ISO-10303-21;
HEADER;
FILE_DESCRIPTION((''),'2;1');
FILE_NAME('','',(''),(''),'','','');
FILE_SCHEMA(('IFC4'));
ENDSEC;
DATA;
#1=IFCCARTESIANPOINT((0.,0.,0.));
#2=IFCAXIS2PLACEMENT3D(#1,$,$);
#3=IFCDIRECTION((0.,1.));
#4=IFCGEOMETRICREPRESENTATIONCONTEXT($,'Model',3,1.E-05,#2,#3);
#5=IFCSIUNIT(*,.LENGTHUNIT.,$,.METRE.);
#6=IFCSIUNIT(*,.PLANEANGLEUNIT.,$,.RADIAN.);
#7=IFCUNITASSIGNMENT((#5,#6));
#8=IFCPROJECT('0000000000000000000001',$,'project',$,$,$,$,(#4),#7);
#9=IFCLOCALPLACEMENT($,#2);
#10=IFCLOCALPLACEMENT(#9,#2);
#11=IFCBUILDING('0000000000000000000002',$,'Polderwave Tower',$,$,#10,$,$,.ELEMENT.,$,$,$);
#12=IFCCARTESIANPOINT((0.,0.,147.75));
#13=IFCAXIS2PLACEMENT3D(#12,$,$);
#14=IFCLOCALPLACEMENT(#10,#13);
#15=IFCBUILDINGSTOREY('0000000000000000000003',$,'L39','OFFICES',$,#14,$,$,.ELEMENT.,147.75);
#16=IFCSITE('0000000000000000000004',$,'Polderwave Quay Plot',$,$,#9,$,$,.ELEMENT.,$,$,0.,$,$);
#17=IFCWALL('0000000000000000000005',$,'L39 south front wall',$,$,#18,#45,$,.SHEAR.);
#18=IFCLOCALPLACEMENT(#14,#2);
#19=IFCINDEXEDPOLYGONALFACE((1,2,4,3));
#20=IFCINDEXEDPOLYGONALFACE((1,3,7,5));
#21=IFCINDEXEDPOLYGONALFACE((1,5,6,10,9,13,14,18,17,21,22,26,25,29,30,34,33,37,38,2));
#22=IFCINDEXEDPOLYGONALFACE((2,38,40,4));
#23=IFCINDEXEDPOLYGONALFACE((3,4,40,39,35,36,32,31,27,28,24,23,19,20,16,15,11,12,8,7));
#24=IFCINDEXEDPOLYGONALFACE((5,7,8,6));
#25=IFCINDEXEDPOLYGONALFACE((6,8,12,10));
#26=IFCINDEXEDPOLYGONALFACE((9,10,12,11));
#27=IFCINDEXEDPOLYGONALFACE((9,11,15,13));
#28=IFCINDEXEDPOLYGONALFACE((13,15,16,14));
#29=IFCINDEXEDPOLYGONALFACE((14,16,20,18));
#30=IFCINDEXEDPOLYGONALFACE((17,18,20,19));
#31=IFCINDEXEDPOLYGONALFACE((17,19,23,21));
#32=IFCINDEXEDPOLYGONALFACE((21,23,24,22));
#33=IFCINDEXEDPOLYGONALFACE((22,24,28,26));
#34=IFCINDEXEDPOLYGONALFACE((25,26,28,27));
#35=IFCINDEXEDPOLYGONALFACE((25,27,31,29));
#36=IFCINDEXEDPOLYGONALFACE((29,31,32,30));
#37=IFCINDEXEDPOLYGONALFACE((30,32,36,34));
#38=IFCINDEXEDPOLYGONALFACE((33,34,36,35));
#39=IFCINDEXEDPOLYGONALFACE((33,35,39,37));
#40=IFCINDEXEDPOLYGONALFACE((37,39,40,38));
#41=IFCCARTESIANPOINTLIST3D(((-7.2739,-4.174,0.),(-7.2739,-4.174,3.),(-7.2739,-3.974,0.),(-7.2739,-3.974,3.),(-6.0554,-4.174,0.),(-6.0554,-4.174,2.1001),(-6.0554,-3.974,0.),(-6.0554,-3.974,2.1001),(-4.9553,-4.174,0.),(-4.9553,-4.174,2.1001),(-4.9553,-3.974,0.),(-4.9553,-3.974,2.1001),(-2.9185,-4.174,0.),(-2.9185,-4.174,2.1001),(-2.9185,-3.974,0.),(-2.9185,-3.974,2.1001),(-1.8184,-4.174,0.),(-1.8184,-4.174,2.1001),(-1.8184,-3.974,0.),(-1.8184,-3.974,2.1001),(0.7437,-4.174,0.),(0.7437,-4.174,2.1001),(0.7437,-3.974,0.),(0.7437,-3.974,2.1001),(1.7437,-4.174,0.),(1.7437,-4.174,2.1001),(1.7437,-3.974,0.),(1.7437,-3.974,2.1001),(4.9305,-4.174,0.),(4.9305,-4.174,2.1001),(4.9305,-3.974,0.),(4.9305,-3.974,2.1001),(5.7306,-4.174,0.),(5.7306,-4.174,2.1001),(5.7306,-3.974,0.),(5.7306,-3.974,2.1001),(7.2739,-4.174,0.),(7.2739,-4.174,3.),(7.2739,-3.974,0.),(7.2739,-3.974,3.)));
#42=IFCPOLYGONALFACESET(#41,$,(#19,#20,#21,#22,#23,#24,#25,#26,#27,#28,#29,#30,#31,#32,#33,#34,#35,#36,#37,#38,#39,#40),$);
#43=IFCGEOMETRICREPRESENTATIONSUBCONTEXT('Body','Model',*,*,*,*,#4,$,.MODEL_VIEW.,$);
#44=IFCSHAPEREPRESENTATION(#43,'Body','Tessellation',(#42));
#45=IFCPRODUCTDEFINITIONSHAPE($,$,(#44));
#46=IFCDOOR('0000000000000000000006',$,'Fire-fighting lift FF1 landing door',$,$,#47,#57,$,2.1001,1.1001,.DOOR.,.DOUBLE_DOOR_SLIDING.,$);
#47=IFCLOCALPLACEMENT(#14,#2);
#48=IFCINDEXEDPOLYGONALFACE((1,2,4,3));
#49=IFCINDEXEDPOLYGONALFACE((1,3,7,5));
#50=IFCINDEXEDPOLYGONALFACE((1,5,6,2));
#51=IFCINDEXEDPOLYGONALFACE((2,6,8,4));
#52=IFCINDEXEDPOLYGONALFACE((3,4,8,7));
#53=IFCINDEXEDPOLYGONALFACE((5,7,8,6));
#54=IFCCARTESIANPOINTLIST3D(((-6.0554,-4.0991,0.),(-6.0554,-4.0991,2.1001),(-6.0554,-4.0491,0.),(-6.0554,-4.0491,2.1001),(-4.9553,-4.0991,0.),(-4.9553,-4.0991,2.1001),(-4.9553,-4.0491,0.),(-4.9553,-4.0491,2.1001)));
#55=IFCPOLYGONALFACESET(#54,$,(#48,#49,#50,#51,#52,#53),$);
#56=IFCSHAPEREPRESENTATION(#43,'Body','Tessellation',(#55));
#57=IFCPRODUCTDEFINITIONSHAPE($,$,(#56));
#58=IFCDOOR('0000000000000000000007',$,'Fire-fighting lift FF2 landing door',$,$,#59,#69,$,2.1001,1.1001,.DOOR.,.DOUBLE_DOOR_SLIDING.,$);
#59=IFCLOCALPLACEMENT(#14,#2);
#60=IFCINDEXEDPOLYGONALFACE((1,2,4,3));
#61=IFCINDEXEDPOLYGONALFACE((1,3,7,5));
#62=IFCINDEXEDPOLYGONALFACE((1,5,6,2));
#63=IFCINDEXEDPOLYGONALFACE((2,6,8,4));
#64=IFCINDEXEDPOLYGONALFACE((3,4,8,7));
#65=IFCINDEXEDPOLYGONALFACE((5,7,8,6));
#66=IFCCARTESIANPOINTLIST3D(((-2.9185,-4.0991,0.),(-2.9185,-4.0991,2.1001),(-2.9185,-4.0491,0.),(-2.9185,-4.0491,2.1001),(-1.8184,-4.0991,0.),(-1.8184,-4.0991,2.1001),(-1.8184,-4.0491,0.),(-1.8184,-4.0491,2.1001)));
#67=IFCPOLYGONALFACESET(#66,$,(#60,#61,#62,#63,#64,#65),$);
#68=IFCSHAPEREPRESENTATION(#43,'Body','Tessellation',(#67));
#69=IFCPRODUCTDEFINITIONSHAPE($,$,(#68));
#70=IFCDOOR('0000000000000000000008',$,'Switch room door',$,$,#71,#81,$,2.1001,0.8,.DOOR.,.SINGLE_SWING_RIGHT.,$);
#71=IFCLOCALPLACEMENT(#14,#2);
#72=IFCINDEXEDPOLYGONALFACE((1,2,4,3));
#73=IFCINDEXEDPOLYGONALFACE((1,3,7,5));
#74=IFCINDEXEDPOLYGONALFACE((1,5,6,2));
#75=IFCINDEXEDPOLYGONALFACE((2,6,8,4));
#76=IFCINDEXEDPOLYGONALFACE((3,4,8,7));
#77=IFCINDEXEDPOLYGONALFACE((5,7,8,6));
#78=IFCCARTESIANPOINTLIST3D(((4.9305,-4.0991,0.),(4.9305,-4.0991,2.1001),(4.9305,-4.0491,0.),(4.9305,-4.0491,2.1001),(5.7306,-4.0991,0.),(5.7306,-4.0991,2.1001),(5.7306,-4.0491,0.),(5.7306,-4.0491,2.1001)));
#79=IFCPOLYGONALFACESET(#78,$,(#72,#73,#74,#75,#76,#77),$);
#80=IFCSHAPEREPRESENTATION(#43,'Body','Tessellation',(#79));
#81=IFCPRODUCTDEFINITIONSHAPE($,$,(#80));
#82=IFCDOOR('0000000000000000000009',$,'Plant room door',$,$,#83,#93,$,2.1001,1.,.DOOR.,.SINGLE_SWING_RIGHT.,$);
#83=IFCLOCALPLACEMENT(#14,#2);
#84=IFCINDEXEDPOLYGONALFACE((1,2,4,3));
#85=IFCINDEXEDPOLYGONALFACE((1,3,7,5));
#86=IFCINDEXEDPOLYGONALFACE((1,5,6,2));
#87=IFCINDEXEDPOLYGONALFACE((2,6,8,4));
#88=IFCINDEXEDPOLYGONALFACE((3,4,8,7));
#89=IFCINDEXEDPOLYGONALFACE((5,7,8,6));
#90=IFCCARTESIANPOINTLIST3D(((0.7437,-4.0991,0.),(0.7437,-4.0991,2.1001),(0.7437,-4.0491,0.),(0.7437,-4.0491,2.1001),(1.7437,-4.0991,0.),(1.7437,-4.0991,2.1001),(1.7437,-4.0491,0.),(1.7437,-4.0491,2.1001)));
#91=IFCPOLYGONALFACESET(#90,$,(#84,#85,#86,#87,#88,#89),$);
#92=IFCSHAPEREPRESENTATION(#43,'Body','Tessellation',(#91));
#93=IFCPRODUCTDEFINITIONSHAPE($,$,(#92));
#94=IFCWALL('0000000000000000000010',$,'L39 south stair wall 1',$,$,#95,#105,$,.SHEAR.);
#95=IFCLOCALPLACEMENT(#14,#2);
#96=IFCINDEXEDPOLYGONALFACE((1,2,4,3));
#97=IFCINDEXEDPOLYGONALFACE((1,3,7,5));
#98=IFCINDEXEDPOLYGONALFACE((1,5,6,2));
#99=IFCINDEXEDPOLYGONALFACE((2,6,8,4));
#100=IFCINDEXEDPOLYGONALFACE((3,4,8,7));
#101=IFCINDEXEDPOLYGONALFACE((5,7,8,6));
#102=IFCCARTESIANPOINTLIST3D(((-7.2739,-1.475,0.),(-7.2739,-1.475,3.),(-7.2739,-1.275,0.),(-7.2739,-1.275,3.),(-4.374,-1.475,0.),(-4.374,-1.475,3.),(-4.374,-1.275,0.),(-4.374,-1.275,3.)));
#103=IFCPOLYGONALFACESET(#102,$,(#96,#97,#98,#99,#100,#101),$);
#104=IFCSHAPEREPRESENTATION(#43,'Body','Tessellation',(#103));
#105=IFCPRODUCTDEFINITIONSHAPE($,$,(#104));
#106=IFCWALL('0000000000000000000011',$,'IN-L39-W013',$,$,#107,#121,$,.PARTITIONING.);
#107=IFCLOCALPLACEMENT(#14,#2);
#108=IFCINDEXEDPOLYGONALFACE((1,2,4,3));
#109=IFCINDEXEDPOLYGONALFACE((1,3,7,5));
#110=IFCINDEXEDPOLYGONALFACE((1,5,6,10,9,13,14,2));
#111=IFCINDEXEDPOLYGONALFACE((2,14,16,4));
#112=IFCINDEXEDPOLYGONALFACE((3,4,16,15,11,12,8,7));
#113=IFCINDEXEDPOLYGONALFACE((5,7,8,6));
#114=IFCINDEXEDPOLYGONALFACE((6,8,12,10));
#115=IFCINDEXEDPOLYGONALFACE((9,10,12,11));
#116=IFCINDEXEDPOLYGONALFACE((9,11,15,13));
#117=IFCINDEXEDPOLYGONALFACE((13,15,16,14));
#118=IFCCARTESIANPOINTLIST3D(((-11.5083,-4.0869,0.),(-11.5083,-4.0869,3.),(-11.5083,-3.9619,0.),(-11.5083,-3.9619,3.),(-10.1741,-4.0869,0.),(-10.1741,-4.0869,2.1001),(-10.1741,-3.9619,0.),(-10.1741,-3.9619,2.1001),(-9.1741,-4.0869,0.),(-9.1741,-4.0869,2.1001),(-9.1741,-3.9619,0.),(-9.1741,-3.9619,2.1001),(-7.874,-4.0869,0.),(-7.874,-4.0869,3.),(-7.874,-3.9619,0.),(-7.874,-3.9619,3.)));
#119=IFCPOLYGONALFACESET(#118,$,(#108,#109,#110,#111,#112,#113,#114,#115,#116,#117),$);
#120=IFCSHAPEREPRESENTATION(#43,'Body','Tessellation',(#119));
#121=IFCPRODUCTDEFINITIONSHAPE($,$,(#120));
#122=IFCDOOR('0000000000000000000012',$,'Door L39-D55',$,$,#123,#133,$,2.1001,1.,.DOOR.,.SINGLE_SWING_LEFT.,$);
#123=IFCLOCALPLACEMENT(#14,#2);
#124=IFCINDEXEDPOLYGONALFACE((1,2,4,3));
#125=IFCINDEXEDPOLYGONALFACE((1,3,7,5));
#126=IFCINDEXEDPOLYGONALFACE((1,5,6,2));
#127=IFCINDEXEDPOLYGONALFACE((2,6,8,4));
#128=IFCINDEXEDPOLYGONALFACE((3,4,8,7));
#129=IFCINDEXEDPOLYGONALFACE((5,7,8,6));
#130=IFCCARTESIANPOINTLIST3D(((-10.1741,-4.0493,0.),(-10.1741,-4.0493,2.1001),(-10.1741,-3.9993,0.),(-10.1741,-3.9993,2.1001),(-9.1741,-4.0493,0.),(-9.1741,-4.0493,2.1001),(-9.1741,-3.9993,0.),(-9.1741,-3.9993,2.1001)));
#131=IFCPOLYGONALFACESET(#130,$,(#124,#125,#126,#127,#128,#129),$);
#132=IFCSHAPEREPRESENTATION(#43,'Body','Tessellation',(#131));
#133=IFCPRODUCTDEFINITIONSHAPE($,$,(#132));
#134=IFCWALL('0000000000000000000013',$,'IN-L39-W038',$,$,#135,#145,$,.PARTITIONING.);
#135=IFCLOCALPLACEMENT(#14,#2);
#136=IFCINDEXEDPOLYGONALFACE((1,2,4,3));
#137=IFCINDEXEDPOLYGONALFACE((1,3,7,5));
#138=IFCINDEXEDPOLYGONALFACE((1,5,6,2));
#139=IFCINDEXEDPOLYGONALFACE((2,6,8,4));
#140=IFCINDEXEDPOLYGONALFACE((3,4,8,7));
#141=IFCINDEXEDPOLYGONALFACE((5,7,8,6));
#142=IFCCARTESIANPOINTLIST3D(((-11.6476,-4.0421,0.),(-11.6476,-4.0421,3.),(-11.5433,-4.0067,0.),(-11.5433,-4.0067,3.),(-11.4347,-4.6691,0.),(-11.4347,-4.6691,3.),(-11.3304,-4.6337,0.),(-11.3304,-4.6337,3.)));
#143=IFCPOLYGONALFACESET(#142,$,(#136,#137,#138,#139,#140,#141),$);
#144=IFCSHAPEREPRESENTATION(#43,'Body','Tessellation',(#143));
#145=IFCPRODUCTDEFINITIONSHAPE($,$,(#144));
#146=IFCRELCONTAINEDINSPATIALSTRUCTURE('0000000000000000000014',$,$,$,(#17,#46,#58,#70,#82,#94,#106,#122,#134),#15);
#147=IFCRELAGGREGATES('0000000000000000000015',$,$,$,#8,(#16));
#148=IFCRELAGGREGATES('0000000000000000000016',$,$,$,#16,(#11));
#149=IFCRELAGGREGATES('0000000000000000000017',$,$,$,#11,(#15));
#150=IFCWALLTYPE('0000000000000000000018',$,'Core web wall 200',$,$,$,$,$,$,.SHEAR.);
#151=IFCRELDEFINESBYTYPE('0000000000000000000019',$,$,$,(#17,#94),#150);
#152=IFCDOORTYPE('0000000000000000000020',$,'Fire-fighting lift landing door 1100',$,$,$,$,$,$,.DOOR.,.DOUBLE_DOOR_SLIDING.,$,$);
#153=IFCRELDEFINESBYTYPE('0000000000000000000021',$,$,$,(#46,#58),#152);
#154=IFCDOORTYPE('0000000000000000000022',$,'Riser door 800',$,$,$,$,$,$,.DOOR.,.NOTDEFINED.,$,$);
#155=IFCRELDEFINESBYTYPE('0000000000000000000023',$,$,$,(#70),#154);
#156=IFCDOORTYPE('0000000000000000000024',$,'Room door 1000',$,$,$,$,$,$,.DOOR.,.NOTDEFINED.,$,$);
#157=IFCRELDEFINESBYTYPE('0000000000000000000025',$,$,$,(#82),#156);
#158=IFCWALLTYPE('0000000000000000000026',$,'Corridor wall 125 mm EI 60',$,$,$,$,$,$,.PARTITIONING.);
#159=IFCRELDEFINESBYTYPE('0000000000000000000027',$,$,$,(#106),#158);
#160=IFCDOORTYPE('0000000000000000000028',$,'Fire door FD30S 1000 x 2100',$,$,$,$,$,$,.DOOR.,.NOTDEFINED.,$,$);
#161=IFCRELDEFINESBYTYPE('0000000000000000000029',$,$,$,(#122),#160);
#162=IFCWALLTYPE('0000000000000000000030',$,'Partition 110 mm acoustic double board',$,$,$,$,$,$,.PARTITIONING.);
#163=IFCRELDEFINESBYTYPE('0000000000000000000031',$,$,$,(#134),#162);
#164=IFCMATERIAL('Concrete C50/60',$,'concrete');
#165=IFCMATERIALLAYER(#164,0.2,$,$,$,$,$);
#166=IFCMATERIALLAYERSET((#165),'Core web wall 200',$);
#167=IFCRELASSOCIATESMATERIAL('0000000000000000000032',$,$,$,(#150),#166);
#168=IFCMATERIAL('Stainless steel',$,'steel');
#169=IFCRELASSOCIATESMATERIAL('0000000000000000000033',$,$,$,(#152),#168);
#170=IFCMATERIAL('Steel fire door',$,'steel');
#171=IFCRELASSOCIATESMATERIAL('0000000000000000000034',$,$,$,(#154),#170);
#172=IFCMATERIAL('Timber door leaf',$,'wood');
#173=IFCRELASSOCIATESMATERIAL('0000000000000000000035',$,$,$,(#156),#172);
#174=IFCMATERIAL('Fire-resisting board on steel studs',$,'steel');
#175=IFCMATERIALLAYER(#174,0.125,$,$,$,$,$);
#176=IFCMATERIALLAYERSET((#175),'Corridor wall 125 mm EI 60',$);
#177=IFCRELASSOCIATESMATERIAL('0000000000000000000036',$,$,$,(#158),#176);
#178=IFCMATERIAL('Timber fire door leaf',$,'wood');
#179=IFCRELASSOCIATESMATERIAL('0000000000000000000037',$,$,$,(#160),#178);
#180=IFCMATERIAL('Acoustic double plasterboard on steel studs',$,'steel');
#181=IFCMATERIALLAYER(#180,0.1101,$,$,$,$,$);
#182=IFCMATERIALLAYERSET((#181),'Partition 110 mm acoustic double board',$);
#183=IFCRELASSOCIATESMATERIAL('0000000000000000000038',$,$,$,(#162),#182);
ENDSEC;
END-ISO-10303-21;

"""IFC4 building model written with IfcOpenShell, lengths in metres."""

from ifc_helpers import new_model, si_unit, direction, frame, frame_2d, origin, place, context, subcontext, project, spatial, rectangle, extrude, material, layer, layer_set, type_object, element, fill, save


model = new_model("IFC4")

# Units and contexts
model_context = context("Model", 3, precision=1e-05, world=origin(), true_north=direction((0.0, 1.0)))
body_context = subcontext(model_context, "Body", "Model", "MODEL_VIEW")
ifc_project = project(units=[si_unit("LENGTHUNIT", "METRE"), si_unit("PLANEANGLEUNIT", "RADIAN")], contexts=[model_context])

# Site, building, storey
site_placement = place(None, origin())
site = spatial("IfcSite", under=ifc_project, at=site_placement, Name="Polderwave Quay Plot", CompositionType="ELEMENT", RefElevation=0.0)
building_placement = place(site_placement, origin())
building = spatial("IfcBuilding", under=site, at=building_placement, Name="Polderwave Tower", CompositionType="ELEMENT")
storey_placement = place(building_placement, frame((0.0, 0.0, 147.75)))
storey = spatial("IfcBuildingStorey", under=building, at=storey_placement, Name="L39", Description="OFFICES", CompositionType="ELEMENT", Elevation=147.75)

# Wall, openings, doors
ifc_material_1 = material(Name="Steel fire door", Category="steel")
ifc_material_2 = material(Name="Concrete C50/60", Category="concrete")
ifc_layer_1 = layer(ifc_material_2, 0.2)
ifc_layer_set_1 = layer_set([ifc_layer_1], Name="Core web wall 200")
wall_type_1 = type_object("IfcWallType", Name="Core web wall 200", PredefinedType="SHEAR", material=ifc_layer_set_1)
wall_1_placement = place(storey_placement, frame((-7.2739, -4.074, 0.0), z_axis=(0.0, 0.0, 1.0), x_axis=(1.0, 0.0, 0.0)))
wall_1 = element("IfcWall", 1, at=wall_1_placement, inside=storey, type_object=wall_type_1, Name="L39 south front wall", PredefinedType="SHEAR", context=body_context, shape_type="SweptSolid", body=[
    extrude(rectangle(XDim=14.5479, YDim=0.2, at=frame_2d((7.2739, 0.0))), origin(), (0.0, 0.0, 1.0), 3.0),
])
opening_1_placement = place(wall_1_placement, frame((1.2185, 0.0, 0.0)))
opening_1 = element("IfcOpeningElement", 2, at=opening_1_placement, cuts=wall_1, PredefinedType="OPENING", context=body_context, shape_type="SweptSolid", body=[
    extrude(rectangle(XDim=1.1001, YDim=2.1001, at=frame_2d((0.55, 1.05))), frame((0.0, 0.1099, 0.0), z_axis=(0.0, -1.0, 0.0), x_axis=(1.0, 0.0, 0.0)), (0.0, 0.0, 1.0), 0.22),
])
opening_2_placement = place(wall_1_placement, frame((4.3555, 0.0, 0.0)))
opening_2 = element("IfcOpeningElement", 3, at=opening_2_placement, cuts=wall_1, PredefinedType="OPENING", context=body_context, shape_type="SweptSolid", body=[
    extrude(rectangle(XDim=1.1001, YDim=2.1001, at=frame_2d((0.55, 1.05))), frame((0.0, 0.1099, 0.0), z_axis=(0.0, -1.0, 0.0), x_axis=(1.0, 0.0, 0.0)), (0.0, 0.0, 1.0), 0.22),
])
opening_3_placement = place(wall_1_placement, frame((8.0176, 0.0, 0.0)))
opening_3 = element("IfcOpeningElement", 4, at=opening_3_placement, cuts=wall_1, PredefinedType="OPENING", context=body_context, shape_type="SweptSolid", body=[
    extrude(rectangle(XDim=1.0, YDim=2.1001, at=frame_2d((0.5, 1.05))), frame((0.0, 0.1099, 0.0), z_axis=(0.0, -1.0, 0.0), x_axis=(1.0, 0.0, 0.0)), (0.0, 0.0, 1.0), 0.22),
])
opening_4_placement = place(wall_1_placement, frame((12.2046, 0.0, 0.0)))
opening_4 = element("IfcOpeningElement", 5, at=opening_4_placement, cuts=wall_1, PredefinedType="OPENING", context=body_context, shape_type="SweptSolid", body=[
    extrude(rectangle(XDim=0.8, YDim=2.1001, at=frame_2d((0.3999, 1.05))), frame((0.0, 0.1099, 0.0), z_axis=(0.0, -1.0, 0.0), x_axis=(1.0, 0.0, 0.0)), (0.0, 0.0, 1.0), 0.22),
])
ifc_material_3 = material(Name="Stainless steel", Category="steel")
door_type_1 = type_object("IfcDoorType", Name="Fire-fighting lift landing door 1100", OperationType="DOUBLE_DOOR_SLIDING", PredefinedType="DOOR", material=ifc_material_3)
door_1_placement = place(opening_1_placement, origin())
door_1 = element("IfcDoor", 6, at=door_1_placement, inside=storey, type_object=door_type_1, Name="Fire-fighting lift FF1 landing door", OperationType="DOUBLE_DOOR_SLIDING", OverallHeight=2.1001, OverallWidth=1.1001, PredefinedType="DOOR", context=body_context, shape_type="SweptSolid", body=[
    extrude(rectangle(XDim=1.1001, YDim=2.1001, at=frame_2d((0.55, 1.05))), frame((0.0, 0.0249, 0.0), z_axis=(0.0, -1.0, 0.0), x_axis=(1.0, 0.0, 0.0)), (0.0, 0.0, 1.0), 0.05),
])
fill(opening_1, door_1)
door_2_placement = place(opening_2_placement, origin())
door_2 = element("IfcDoor", 7, at=door_2_placement, inside=storey, type_object=door_type_1, Name="Fire-fighting lift FF2 landing door", OperationType="DOUBLE_DOOR_SLIDING", OverallHeight=2.1001, OverallWidth=1.1001, PredefinedType="DOOR", context=body_context, shape_type="SweptSolid", body=[
    extrude(rectangle(XDim=1.1001, YDim=2.1001, at=frame_2d((0.55, 1.05))), frame((0.0, 0.0249, 0.0), z_axis=(0.0, -1.0, 0.0), x_axis=(1.0, 0.0, 0.0)), (0.0, 0.0, 1.0), 0.05),
])
fill(opening_2, door_2)
door_type_2 = type_object("IfcDoorType", Name="Riser door 800", OperationType="NOTDEFINED", PredefinedType="DOOR", material=ifc_material_1)
door_3_placement = place(opening_4_placement, origin())
door_3 = element("IfcDoor", 8, at=door_3_placement, inside=storey, type_object=door_type_2, Name="Switch room door", OperationType="SINGLE_SWING_RIGHT", OverallHeight=2.1001, OverallWidth=0.8, PredefinedType="DOOR", context=body_context, shape_type="SweptSolid", body=[
    extrude(rectangle(XDim=0.8, YDim=2.1001, at=frame_2d((0.3999, 1.05))), frame((0.0, 0.0249, 0.0), z_axis=(0.0, -1.0, 0.0), x_axis=(1.0, 0.0, 0.0)), (0.0, 0.0, 1.0), 0.05),
])
fill(opening_4, door_3)
ifc_material_4 = material(Name="Timber door leaf", Category="wood")
door_type_3 = type_object("IfcDoorType", Name="Room door 1000", OperationType="NOTDEFINED", PredefinedType="DOOR", material=ifc_material_4)
door_4_placement = place(opening_3_placement, origin())
door_4 = element("IfcDoor", 9, at=door_4_placement, inside=storey, type_object=door_type_3, Name="Plant room door", OperationType="SINGLE_SWING_RIGHT", OverallHeight=2.1001, OverallWidth=1.0, PredefinedType="DOOR", context=body_context, shape_type="SweptSolid", body=[
    extrude(rectangle(XDim=1.0, YDim=2.1001, at=frame_2d((0.5, 1.05))), frame((0.0, 0.0249, 0.0), z_axis=(0.0, -1.0, 0.0), x_axis=(1.0, 0.0, 0.0)), (0.0, 0.0, 1.0), 0.05),
])
fill(opening_3, door_4)

# Wall
wall_2_placement = place(storey_placement, frame((-7.2739, -1.375, 0.0), z_axis=(0.0, 0.0, 1.0), x_axis=(1.0, 0.0, 0.0)))
element("IfcWall", 10, at=wall_2_placement, inside=storey, type_object=wall_type_1, Name="L39 south stair wall 1", PredefinedType="SHEAR", context=body_context, shape_type="SweptSolid", body=[
    extrude(rectangle(XDim=2.8999, YDim=0.2, at=frame_2d((1.45, 0.0))), origin(), (0.0, 0.0, 1.0), 3.0),
])

# Wall, opening, door
ifc_material_5 = material(Name="Fire-resisting board on steel studs", Category="steel")
ifc_layer_2 = layer(ifc_material_5, 0.125)
ifc_layer_set_2 = layer_set([ifc_layer_2], Name="Corridor wall 125 mm EI 60")
wall_type_2 = type_object("IfcWallType", Name="Corridor wall 125 mm EI 60", PredefinedType="PARTITIONING", material=ifc_layer_set_2)
wall_3_placement = place(storey_placement, frame((-7.874, -4.0244, 0.0), z_axis=(0.0, 0.0, 1.0), x_axis=(-1.0, 0.0, 0.0)))
wall_3 = element("IfcWall", 11, at=wall_3_placement, inside=storey, type_object=wall_type_2, Name="IN-L39-W013", PredefinedType="PARTITIONING", context=body_context, shape_type="SweptSolid", body=[
    extrude(rectangle(XDim=3.6343, YDim=0.125, at=frame_2d((1.8171, 0.0))), origin(), (0.0, 0.0, 1.0), 3.0),
])
opening_5_placement = place(wall_3_placement, frame((1.3, 0.0, 0.0)))
opening_5 = element("IfcOpeningElement", 12, at=opening_5_placement, cuts=wall_3, PredefinedType="OPENING", context=body_context, shape_type="SweptSolid", body=[
    extrude(rectangle(XDim=1.0, YDim=2.1001, at=frame_2d((0.5, 1.05))), frame((0.0, 0.0725, 0.0), z_axis=(0.0, -1.0, 0.0), x_axis=(1.0, 0.0, 0.0)), (0.0, 0.0, 1.0), 0.145),
])
ifc_material_6 = material(Name="Timber fire door leaf", Category="wood")
door_type_4 = type_object("IfcDoorType", Name="Fire door FD30S 1000 x 2100", OperationType="NOTDEFINED", PredefinedType="DOOR", material=ifc_material_6)
door_5_placement = place(opening_5_placement, origin())
door_5 = element("IfcDoor", 13, at=door_5_placement, inside=storey, type_object=door_type_4, Name="Door L39-D55", OperationType="SINGLE_SWING_LEFT", OverallHeight=2.1001, OverallWidth=1.0, PredefinedType="DOOR", context=body_context, shape_type="SweptSolid", body=[
    extrude(rectangle(XDim=1.0, YDim=2.1001, at=frame_2d((0.5, 1.05))), frame((0.0, 0.0249, 0.0), z_axis=(0.0, -1.0, 0.0), x_axis=(1.0, 0.0, 0.0)), (0.0, 0.0, 1.0), 0.05),
])
fill(opening_5, door_5)

# Wall
ifc_material_7 = material(Name="Acoustic double plasterboard on steel studs", Category="steel")
ifc_layer_3 = layer(ifc_material_7, 0.1101)
ifc_layer_set_3 = layer_set([ifc_layer_3], Name="Partition 110 mm acoustic double board")
wall_type_3 = type_object("IfcWallType", Name="Partition 110 mm acoustic double board", PredefinedType="PARTITIONING", material=ifc_layer_set_3)
wall_4_placement = place(storey_placement, frame((-11.3826, -4.6514, 0.0), z_axis=(0.0, 0.0, 1.0), x_axis=(-0.321533, 0.946899, 0.0)))
element("IfcWall", 14, at=wall_4_placement, inside=storey, type_object=wall_type_3, Name="IN-L39-W038", PredefinedType="PARTITIONING", context=body_context, shape_type="SweptSolid", body=[
    extrude(rectangle(XDim=0.6621, YDim=0.1101, at=frame_2d((0.3311, 0.0))), origin(), (0.0, 0.0, 1.0), 3.0),
])

save(model, "model.ifc")
